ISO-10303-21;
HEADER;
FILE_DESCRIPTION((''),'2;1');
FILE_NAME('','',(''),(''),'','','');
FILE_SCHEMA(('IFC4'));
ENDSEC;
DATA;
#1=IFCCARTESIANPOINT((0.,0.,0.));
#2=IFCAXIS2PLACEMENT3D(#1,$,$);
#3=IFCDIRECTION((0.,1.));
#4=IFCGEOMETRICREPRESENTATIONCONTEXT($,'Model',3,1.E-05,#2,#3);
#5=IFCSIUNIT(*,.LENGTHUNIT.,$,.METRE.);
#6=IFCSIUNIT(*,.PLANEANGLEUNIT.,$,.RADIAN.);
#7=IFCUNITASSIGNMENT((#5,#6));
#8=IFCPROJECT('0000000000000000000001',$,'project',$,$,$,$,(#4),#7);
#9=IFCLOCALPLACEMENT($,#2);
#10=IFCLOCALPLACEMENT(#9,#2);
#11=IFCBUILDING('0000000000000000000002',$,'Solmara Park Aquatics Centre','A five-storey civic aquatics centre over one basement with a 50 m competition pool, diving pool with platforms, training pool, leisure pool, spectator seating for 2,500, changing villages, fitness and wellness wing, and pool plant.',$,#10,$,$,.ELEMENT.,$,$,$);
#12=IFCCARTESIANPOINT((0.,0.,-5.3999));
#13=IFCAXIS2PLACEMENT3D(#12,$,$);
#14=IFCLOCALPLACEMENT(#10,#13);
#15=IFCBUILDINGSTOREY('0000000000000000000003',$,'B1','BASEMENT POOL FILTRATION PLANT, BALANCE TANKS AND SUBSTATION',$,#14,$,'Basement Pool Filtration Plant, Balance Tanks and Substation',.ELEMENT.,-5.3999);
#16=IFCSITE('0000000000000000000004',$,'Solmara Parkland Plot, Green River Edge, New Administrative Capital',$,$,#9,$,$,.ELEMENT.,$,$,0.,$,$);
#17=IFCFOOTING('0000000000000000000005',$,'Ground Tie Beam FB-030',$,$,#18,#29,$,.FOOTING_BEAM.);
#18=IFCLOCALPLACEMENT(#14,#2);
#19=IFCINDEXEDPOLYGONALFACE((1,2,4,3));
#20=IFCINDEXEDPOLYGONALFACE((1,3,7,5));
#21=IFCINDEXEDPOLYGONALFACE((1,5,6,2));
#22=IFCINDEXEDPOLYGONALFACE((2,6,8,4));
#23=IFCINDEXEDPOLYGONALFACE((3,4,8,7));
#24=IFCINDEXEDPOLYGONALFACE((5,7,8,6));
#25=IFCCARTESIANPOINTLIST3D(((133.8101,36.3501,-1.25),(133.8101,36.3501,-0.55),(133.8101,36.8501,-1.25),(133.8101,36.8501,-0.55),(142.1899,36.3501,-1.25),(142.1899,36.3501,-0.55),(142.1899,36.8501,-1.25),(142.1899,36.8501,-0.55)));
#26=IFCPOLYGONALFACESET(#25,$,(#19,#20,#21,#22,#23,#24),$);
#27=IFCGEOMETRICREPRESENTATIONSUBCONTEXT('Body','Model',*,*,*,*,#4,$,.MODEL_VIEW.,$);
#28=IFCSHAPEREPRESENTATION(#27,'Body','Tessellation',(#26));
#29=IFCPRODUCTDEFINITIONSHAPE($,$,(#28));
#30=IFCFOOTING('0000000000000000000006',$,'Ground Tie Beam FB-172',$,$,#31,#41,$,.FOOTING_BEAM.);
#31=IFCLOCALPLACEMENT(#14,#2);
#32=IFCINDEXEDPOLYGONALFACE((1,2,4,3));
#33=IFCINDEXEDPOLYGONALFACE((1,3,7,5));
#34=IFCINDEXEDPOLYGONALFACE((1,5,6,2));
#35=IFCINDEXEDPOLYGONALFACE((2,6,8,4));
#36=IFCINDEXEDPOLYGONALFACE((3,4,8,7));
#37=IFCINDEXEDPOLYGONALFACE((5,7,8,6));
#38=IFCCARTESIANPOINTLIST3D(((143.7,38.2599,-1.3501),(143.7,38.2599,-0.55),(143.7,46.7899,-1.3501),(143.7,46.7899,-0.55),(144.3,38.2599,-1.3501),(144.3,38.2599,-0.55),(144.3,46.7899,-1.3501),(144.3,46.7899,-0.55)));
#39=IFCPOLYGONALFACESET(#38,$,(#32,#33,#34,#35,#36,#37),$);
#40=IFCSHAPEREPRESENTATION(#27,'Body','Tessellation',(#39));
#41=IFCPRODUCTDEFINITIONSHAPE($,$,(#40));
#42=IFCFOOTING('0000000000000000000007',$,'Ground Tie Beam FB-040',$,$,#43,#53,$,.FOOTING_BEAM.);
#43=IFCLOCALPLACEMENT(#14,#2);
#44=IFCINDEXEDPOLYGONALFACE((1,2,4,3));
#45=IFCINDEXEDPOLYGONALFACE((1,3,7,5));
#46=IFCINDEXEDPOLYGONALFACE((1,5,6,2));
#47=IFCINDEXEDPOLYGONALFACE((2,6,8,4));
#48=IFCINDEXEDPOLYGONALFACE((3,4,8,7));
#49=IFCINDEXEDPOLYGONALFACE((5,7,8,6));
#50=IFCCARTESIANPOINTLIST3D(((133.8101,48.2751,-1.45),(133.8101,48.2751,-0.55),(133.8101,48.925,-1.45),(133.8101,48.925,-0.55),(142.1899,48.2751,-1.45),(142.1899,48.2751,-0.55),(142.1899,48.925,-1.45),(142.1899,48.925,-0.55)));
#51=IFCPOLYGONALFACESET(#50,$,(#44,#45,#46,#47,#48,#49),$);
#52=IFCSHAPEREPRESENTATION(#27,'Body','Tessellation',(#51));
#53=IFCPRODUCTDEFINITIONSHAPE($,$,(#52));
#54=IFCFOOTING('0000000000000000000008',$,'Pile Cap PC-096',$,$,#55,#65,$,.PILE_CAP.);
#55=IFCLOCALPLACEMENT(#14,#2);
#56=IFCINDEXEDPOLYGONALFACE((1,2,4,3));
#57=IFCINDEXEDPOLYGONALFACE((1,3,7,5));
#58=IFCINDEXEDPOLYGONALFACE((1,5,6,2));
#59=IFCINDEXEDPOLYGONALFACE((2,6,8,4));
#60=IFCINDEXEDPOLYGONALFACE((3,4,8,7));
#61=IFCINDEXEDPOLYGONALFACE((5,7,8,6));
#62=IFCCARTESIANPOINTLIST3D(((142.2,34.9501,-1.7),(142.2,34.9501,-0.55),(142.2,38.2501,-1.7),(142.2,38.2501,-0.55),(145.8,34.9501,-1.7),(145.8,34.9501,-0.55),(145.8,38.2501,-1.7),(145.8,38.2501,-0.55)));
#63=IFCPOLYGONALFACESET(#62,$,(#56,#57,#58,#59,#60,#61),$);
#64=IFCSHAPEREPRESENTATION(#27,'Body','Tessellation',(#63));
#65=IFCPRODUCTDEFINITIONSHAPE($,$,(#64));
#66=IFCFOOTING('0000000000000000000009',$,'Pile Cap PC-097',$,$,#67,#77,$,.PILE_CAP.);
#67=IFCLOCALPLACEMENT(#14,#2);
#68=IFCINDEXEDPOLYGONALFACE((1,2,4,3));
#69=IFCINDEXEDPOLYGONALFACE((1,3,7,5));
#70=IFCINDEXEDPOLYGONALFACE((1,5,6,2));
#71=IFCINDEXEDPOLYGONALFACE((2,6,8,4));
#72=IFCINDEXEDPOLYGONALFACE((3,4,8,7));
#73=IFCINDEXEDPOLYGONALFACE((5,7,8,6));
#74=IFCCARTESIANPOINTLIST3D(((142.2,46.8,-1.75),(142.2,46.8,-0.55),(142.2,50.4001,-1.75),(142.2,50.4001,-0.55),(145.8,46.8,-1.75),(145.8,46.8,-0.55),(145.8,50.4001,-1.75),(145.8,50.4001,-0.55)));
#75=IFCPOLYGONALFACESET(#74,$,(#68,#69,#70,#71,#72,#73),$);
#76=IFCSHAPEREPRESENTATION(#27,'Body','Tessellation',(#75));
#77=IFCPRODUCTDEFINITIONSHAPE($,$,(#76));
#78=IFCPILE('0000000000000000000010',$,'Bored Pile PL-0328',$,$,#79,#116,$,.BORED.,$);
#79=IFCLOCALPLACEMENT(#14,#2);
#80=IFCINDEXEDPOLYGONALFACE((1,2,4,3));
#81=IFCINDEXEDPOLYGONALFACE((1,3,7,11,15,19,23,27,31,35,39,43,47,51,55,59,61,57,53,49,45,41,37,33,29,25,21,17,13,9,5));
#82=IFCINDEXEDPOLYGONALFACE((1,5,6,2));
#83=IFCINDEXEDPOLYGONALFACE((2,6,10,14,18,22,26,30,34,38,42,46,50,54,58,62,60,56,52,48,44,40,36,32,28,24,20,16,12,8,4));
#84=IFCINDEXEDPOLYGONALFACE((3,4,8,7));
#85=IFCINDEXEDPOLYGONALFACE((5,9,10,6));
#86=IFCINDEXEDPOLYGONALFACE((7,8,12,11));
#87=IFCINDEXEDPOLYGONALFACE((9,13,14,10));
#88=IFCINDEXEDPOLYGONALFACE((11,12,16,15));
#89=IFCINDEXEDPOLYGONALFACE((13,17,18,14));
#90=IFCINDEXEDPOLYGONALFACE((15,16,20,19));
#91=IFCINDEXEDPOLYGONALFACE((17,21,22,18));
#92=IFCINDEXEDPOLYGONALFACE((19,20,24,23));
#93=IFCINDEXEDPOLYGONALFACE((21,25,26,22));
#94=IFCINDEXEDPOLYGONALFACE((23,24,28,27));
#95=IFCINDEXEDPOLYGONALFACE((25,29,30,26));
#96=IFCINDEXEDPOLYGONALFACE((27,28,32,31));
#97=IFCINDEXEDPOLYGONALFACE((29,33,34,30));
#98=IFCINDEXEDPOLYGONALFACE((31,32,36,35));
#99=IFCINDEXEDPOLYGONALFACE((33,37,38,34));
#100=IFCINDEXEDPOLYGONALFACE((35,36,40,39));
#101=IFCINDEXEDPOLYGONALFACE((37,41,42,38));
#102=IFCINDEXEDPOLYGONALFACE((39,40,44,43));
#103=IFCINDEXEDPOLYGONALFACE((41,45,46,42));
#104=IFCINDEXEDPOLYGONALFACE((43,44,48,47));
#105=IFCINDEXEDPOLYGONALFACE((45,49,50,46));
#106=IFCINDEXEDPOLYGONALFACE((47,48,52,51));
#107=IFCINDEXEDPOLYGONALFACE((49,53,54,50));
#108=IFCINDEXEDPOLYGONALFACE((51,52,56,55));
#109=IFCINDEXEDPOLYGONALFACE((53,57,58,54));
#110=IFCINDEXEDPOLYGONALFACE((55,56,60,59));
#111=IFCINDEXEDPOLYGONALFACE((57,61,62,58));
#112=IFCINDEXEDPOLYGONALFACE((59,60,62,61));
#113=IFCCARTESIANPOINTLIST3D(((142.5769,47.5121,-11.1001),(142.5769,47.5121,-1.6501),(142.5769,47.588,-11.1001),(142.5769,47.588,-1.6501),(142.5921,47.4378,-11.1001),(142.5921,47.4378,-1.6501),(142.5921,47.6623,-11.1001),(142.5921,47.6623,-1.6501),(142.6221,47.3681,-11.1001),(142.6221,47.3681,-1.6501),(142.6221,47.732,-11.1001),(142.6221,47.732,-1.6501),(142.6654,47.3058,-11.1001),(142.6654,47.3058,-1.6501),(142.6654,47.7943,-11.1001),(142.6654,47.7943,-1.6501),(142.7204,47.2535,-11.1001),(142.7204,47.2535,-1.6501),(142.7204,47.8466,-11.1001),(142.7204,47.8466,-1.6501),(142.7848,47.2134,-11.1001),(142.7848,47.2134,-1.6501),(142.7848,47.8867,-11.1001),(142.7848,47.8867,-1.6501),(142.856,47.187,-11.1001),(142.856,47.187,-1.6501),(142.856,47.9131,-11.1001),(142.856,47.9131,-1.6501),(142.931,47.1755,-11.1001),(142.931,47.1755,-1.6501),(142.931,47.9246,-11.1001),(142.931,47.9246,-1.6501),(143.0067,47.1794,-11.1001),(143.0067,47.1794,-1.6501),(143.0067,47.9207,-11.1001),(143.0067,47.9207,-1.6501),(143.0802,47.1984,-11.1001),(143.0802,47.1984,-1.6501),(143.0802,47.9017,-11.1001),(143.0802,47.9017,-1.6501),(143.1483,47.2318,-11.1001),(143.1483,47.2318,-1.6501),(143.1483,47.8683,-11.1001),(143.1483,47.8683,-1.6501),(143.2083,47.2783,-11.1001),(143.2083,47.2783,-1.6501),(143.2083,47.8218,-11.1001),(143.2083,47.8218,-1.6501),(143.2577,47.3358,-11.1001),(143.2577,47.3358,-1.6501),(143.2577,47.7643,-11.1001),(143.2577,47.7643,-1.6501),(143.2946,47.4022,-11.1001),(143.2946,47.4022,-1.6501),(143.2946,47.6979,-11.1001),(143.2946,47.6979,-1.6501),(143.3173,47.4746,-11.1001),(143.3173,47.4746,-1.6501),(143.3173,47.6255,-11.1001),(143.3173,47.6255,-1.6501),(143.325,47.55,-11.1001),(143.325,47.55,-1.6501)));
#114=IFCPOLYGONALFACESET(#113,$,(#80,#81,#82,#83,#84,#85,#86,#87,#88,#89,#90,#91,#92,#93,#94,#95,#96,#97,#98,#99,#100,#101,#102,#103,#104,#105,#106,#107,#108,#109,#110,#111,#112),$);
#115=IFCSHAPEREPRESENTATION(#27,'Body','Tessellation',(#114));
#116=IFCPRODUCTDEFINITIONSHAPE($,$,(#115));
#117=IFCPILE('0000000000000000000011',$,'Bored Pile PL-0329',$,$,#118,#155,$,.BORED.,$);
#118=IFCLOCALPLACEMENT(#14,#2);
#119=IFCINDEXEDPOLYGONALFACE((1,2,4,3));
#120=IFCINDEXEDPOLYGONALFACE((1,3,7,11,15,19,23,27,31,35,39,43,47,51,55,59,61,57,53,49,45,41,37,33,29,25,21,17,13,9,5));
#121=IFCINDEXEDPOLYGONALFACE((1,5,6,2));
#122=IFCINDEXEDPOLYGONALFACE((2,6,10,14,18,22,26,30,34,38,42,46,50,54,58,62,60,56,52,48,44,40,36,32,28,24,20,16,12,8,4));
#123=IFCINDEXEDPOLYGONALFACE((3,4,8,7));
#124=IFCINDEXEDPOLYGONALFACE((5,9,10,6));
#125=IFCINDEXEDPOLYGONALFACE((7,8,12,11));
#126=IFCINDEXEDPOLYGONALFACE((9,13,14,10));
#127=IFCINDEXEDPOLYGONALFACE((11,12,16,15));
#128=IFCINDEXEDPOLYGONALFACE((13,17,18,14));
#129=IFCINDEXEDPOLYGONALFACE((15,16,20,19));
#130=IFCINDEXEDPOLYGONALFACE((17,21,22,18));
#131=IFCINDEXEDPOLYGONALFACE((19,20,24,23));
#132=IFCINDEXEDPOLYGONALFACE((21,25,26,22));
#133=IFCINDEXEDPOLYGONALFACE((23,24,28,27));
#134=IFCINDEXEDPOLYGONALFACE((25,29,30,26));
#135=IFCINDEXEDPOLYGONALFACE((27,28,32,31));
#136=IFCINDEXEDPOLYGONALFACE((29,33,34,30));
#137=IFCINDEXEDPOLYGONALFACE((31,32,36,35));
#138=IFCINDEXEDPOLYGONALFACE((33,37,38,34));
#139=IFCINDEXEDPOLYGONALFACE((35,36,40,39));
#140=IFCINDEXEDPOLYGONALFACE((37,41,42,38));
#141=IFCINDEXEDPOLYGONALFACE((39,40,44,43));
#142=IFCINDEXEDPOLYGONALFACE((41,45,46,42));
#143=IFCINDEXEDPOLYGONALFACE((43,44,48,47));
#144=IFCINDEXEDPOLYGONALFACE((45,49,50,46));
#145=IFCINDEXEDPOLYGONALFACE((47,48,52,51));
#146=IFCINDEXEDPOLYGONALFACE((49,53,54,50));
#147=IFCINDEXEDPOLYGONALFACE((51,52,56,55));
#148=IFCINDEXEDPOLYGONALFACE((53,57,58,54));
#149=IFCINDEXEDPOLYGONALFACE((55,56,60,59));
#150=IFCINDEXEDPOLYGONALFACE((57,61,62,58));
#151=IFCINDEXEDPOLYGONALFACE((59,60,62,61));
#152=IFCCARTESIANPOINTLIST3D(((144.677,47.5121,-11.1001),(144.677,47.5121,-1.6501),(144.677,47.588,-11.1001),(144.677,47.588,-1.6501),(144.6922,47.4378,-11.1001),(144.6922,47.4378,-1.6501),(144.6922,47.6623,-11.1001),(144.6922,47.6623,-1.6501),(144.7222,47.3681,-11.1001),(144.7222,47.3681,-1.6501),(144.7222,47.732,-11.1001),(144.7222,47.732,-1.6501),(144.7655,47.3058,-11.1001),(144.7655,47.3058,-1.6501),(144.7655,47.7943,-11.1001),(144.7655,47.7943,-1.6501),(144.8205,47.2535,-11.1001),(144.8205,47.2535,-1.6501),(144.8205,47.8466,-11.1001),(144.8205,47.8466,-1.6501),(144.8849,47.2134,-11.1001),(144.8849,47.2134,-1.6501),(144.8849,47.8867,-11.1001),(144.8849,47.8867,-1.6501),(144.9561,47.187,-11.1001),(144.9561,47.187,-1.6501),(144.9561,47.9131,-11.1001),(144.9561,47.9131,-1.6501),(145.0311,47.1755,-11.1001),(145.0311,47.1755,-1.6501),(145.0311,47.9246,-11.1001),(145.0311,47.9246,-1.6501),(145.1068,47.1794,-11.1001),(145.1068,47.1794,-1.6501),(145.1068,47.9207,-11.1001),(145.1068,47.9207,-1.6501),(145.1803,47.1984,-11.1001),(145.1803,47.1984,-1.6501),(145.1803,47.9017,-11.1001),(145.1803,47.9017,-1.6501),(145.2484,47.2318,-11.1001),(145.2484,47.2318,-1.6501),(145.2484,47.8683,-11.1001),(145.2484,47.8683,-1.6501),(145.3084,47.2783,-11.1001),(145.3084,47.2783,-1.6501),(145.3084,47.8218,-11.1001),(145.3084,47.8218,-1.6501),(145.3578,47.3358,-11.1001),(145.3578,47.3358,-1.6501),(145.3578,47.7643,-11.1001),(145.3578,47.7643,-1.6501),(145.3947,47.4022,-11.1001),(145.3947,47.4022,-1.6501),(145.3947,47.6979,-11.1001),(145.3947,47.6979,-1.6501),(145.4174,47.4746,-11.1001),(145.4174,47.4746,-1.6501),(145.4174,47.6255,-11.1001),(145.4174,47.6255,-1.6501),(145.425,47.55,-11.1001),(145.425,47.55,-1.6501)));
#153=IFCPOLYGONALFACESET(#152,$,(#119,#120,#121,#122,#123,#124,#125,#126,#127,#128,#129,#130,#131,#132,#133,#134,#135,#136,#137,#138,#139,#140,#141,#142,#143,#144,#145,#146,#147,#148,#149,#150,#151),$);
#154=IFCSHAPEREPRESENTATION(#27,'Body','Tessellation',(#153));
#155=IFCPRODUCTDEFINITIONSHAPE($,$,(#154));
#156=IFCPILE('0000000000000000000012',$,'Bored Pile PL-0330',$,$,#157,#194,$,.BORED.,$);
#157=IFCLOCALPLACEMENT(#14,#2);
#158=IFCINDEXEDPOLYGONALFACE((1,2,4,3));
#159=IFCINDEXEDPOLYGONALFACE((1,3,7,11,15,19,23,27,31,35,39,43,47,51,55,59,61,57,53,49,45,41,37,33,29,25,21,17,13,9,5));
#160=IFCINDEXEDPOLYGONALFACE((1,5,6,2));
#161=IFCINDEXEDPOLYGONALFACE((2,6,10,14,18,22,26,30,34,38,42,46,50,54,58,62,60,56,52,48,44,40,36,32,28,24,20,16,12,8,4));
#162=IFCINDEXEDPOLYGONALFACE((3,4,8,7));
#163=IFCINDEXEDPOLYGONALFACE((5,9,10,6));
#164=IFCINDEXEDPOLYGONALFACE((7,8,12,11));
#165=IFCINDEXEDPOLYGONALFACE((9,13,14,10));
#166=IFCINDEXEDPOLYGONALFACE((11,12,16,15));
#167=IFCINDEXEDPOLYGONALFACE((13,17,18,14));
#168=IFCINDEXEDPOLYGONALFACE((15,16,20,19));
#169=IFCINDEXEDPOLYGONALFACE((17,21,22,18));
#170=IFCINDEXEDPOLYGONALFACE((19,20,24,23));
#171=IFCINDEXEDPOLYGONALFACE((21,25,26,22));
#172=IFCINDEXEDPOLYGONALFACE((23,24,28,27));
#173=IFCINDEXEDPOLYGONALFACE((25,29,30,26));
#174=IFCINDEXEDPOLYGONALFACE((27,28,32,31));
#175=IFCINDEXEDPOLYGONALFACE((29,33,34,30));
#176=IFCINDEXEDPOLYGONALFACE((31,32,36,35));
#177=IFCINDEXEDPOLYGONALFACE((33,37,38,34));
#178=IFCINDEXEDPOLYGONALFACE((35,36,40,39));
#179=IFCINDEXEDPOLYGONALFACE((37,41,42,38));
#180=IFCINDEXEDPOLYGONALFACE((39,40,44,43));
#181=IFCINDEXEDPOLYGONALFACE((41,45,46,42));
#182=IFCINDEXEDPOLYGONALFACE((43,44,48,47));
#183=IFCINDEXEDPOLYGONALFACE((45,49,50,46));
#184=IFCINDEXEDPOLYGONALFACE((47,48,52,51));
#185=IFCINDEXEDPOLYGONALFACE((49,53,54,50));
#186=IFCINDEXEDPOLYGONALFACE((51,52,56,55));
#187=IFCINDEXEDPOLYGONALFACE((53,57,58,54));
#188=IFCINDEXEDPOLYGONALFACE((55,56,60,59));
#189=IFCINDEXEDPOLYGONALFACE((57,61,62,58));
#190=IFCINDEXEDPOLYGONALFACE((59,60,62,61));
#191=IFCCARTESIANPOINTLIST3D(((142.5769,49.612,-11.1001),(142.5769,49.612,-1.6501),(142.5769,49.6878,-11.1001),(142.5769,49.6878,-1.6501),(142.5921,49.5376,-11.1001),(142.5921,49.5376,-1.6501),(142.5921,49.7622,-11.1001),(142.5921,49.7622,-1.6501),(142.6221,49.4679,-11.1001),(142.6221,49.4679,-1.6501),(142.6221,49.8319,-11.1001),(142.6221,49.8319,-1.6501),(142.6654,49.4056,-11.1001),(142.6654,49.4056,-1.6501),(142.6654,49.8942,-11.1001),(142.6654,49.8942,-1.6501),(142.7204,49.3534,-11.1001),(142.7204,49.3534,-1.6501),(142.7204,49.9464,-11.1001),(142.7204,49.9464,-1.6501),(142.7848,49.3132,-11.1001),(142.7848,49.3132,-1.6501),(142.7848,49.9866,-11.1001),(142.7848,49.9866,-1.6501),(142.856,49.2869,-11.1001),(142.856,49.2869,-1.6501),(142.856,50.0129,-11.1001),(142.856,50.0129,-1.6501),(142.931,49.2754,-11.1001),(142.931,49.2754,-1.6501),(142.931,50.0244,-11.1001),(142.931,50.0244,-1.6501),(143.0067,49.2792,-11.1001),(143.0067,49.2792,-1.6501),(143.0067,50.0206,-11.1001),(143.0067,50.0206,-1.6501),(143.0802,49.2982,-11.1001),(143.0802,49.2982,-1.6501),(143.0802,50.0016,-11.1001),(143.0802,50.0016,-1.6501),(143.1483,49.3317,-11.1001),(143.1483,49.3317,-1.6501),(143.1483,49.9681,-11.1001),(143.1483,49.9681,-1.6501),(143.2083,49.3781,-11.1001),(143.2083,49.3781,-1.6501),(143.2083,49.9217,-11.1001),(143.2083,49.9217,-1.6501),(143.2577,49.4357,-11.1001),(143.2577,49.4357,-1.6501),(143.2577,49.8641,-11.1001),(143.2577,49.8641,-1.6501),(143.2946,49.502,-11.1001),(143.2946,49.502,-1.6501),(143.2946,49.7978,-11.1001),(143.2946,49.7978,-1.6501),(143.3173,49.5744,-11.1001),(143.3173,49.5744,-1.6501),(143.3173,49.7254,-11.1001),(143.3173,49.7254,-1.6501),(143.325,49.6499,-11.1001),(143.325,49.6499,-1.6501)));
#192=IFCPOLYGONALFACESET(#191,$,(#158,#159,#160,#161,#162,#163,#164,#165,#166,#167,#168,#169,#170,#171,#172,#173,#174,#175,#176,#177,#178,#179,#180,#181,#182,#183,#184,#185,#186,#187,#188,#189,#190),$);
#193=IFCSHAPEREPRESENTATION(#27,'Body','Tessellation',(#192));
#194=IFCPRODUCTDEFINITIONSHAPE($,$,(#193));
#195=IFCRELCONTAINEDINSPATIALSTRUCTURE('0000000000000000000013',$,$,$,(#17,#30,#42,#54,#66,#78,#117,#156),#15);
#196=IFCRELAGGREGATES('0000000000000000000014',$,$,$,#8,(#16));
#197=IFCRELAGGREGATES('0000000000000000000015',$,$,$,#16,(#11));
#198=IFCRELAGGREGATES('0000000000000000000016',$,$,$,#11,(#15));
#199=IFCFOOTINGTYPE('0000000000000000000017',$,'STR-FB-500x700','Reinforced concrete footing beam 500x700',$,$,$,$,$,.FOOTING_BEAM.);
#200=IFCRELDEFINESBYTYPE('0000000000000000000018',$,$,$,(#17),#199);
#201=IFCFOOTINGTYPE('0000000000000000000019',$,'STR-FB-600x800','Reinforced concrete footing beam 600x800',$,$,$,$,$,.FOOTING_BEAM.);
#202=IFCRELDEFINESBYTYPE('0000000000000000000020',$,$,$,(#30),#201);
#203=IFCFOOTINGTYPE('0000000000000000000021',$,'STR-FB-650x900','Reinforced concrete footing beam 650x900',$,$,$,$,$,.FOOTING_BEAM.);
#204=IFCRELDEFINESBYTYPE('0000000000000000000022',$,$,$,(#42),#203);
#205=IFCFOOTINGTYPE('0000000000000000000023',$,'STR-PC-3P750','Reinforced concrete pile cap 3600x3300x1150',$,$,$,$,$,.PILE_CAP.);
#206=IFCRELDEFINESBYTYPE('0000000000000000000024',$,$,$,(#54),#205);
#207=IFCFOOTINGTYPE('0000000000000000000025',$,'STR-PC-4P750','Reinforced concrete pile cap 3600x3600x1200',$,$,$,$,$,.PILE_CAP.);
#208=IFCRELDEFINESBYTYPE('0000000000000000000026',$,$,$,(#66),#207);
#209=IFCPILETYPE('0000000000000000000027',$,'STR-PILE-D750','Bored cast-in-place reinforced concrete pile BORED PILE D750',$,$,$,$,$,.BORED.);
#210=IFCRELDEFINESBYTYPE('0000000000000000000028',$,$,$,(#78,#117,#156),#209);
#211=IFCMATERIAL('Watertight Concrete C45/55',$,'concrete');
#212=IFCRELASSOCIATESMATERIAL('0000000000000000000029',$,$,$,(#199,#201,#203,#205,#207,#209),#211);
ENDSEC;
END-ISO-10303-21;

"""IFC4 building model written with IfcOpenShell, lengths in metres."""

from ifc_helpers import new_model, si_unit, direction, frame, origin, origin_2d, place, context, subcontext, project, spatial, rectangle, circle, extrude, material, material_profile, profile_set, type_object, element, save


model = new_model("IFC4")

# Units and contexts
model_context = context("Model", 3, precision=1e-05, world=origin(), true_north=direction((0.0, 1.0)))
body_context = subcontext(model_context, "Body", "Model", "MODEL_VIEW")
ifc_project = project(units=[si_unit("LENGTHUNIT", "METRE"), si_unit("PLANEANGLEUNIT", "RADIAN")], contexts=[model_context])

# Site, building, storey
site_placement = place(None, origin())
site = spatial("IfcSite", under=ifc_project, at=site_placement, Name="Solmara Parkland Plot, Green River Edge, New Administrative Capital", CompositionType="ELEMENT", RefElevation=0.0)
building_placement = place(site_placement, origin())
building = spatial("IfcBuilding", under=site, at=building_placement, Name="Solmara Park Aquatics Centre", Description="A five-storey civic aquatics centre over one basement with a 50 m competition pool, diving pool with platforms, training pool, leisure pool, spectator seating for 2,500, changing villages, fitness and wellness wing, and pool plant.", CompositionType="ELEMENT")
storey_placement = place(building_placement, frame((0.0, 0.0, -5.3999)))
storey = spatial("IfcBuildingStorey", under=building, at=storey_placement, Name="B1", Description="BASEMENT POOL FILTRATION PLANT, BALANCE TANKS AND SUBSTATION", LongName="Basement Pool Filtration Plant, Balance Tanks and Substation", CompositionType="ELEMENT", Elevation=-5.3999)

# Footings
ifc_material_1 = material(Name="Watertight Concrete C45/55", Category="concrete")
footing_type_1 = type_object("IfcFootingType", Name="STR-FB-500x700", Description="Reinforced concrete footing beam 500x700", PredefinedType="FOOTING_BEAM", material=ifc_material_1)
footing_1_placement = place(storey_placement, frame((138.0, 36.6001, -1.25), z_axis=(0.0, 0.0, 1.0), x_axis=(1.0, 0.0, 0.0)))
element("IfcFooting", 1, at=footing_1_placement, inside=storey, type_object=footing_type_1, Name="Ground Tie Beam FB-030", PredefinedType="FOOTING_BEAM", context=body_context, shape_type="SweptSolid", body=[
    extrude(rectangle(XDim=8.3799, YDim=0.5, at=origin_2d()), origin(), (0.0, 0.0, 1.0), 0.7),
])
footing_type_2 = type_object("IfcFootingType", Name="STR-FB-600x800", Description="Reinforced concrete footing beam 600x800", PredefinedType="FOOTING_BEAM", material=ifc_material_1)
footing_2_placement = place(storey_placement, frame((144.0, 42.5249, -1.3501), z_axis=(0.0, 0.0, 1.0), x_axis=(1.0, 0.0, 0.0)))
element("IfcFooting", 2, at=footing_2_placement, inside=storey, type_object=footing_type_2, Name="Ground Tie Beam FB-172", PredefinedType="FOOTING_BEAM", context=body_context, shape_type="SweptSolid", body=[
    extrude(rectangle(XDim=0.6001, YDim=8.53, at=origin_2d()), origin(), (0.0, 0.0, 1.0), 0.8),
])
footing_type_3 = type_object("IfcFootingType", Name="STR-FB-650x900", Description="Reinforced concrete footing beam 650x900", PredefinedType="FOOTING_BEAM", material=ifc_material_1)
footing_3_placement = place(storey_placement, frame((138.0, 48.6001, -1.45), z_axis=(0.0, 0.0, 1.0), x_axis=(1.0, 0.0, 0.0)))
element("IfcFooting", 3, at=footing_3_placement, inside=storey, type_object=footing_type_3, Name="Ground Tie Beam FB-040", PredefinedType="FOOTING_BEAM", context=body_context, shape_type="SweptSolid", body=[
    extrude(rectangle(XDim=8.3799, YDim=0.6499, at=origin_2d()), origin(), (0.0, 0.0, 1.0), 0.8999),
])
footing_type_4 = type_object("IfcFootingType", Name="STR-PC-3P750", Description="Reinforced concrete pile cap 3600x3300x1150", PredefinedType="PILE_CAP", material=ifc_material_1)
footing_4_placement = place(storey_placement, frame((144.0, 36.6001, -1.7), z_axis=(0.0, 0.0, 1.0), x_axis=(1.0, 0.0, 0.0)))
element("IfcFooting", 4, at=footing_4_placement, inside=storey, type_object=footing_type_4, Name="Pile Cap PC-096", PredefinedType="PILE_CAP", context=body_context, shape_type="SweptSolid", body=[
    extrude(rectangle(XDim=3.6001, YDim=3.3, at=origin_2d()), origin(), (0.0, 0.0, 1.0), 1.1499),
])
footing_type_5 = type_object("IfcFootingType", Name="STR-PC-4P750", Description="Reinforced concrete pile cap 3600x3600x1200", PredefinedType="PILE_CAP", material=ifc_material_1)
footing_5_placement = place(storey_placement, frame((144.0, 48.6001, -1.75), z_axis=(0.0, 0.0, 1.0), x_axis=(1.0, 0.0, 0.0)))
element("IfcFooting", 5, at=footing_5_placement, inside=storey, type_object=footing_type_5, Name="Pile Cap PC-097", PredefinedType="PILE_CAP", context=body_context, shape_type="SweptSolid", body=[
    extrude(rectangle(XDim=3.6001, YDim=3.6001, at=origin_2d()), origin(), (0.0, 0.0, 1.0), 1.2),
])

# Piles
ifc_material_profile_1 = material_profile(ifc_material_1, circle(Radius=0.375, at=origin_2d()), Name="BORED PILE D750")
ifc_profile_set_1 = profile_set([ifc_material_profile_1], Name="Watertight Concrete C45/55")
pile_type_1 = type_object("IfcPileType", Name="STR-PILE-D750", Description="Bored cast-in-place reinforced concrete pile BORED PILE D750", PredefinedType="BORED", material=ifc_profile_set_1)
for number, where, z_axis, x_axis, name in (
    (6, (142.95, 47.55, -1.6501), (0.0, 0.0, -1.0), (1.0, 0.0, 0.0), "Bored Pile PL-0328"),
    (7, (145.05, 47.55, -1.6501), (0.0, 0.0, -1.0), (1.0, 0.0, 0.0), "Bored Pile PL-0329"),
    (8, (142.95, 49.6499, -1.6501), (0.0, 0.0, -1.0), (1.0, 0.0, 0.0), "Bored Pile PL-0330"),
):
    element("IfcPile", number, at=place(storey_placement, frame(where, z_axis=z_axis, x_axis=x_axis)), inside=storey, type_object=pile_type_1, Name=name, PredefinedType="BORED", context=body_context, shape_type="SweptSolid", body=[
        extrude(circle(Radius=0.375, at=origin_2d()), origin(), (0.0, 0.0, 1.0), 9.45),
    ])

save(model, "model.ifc")
